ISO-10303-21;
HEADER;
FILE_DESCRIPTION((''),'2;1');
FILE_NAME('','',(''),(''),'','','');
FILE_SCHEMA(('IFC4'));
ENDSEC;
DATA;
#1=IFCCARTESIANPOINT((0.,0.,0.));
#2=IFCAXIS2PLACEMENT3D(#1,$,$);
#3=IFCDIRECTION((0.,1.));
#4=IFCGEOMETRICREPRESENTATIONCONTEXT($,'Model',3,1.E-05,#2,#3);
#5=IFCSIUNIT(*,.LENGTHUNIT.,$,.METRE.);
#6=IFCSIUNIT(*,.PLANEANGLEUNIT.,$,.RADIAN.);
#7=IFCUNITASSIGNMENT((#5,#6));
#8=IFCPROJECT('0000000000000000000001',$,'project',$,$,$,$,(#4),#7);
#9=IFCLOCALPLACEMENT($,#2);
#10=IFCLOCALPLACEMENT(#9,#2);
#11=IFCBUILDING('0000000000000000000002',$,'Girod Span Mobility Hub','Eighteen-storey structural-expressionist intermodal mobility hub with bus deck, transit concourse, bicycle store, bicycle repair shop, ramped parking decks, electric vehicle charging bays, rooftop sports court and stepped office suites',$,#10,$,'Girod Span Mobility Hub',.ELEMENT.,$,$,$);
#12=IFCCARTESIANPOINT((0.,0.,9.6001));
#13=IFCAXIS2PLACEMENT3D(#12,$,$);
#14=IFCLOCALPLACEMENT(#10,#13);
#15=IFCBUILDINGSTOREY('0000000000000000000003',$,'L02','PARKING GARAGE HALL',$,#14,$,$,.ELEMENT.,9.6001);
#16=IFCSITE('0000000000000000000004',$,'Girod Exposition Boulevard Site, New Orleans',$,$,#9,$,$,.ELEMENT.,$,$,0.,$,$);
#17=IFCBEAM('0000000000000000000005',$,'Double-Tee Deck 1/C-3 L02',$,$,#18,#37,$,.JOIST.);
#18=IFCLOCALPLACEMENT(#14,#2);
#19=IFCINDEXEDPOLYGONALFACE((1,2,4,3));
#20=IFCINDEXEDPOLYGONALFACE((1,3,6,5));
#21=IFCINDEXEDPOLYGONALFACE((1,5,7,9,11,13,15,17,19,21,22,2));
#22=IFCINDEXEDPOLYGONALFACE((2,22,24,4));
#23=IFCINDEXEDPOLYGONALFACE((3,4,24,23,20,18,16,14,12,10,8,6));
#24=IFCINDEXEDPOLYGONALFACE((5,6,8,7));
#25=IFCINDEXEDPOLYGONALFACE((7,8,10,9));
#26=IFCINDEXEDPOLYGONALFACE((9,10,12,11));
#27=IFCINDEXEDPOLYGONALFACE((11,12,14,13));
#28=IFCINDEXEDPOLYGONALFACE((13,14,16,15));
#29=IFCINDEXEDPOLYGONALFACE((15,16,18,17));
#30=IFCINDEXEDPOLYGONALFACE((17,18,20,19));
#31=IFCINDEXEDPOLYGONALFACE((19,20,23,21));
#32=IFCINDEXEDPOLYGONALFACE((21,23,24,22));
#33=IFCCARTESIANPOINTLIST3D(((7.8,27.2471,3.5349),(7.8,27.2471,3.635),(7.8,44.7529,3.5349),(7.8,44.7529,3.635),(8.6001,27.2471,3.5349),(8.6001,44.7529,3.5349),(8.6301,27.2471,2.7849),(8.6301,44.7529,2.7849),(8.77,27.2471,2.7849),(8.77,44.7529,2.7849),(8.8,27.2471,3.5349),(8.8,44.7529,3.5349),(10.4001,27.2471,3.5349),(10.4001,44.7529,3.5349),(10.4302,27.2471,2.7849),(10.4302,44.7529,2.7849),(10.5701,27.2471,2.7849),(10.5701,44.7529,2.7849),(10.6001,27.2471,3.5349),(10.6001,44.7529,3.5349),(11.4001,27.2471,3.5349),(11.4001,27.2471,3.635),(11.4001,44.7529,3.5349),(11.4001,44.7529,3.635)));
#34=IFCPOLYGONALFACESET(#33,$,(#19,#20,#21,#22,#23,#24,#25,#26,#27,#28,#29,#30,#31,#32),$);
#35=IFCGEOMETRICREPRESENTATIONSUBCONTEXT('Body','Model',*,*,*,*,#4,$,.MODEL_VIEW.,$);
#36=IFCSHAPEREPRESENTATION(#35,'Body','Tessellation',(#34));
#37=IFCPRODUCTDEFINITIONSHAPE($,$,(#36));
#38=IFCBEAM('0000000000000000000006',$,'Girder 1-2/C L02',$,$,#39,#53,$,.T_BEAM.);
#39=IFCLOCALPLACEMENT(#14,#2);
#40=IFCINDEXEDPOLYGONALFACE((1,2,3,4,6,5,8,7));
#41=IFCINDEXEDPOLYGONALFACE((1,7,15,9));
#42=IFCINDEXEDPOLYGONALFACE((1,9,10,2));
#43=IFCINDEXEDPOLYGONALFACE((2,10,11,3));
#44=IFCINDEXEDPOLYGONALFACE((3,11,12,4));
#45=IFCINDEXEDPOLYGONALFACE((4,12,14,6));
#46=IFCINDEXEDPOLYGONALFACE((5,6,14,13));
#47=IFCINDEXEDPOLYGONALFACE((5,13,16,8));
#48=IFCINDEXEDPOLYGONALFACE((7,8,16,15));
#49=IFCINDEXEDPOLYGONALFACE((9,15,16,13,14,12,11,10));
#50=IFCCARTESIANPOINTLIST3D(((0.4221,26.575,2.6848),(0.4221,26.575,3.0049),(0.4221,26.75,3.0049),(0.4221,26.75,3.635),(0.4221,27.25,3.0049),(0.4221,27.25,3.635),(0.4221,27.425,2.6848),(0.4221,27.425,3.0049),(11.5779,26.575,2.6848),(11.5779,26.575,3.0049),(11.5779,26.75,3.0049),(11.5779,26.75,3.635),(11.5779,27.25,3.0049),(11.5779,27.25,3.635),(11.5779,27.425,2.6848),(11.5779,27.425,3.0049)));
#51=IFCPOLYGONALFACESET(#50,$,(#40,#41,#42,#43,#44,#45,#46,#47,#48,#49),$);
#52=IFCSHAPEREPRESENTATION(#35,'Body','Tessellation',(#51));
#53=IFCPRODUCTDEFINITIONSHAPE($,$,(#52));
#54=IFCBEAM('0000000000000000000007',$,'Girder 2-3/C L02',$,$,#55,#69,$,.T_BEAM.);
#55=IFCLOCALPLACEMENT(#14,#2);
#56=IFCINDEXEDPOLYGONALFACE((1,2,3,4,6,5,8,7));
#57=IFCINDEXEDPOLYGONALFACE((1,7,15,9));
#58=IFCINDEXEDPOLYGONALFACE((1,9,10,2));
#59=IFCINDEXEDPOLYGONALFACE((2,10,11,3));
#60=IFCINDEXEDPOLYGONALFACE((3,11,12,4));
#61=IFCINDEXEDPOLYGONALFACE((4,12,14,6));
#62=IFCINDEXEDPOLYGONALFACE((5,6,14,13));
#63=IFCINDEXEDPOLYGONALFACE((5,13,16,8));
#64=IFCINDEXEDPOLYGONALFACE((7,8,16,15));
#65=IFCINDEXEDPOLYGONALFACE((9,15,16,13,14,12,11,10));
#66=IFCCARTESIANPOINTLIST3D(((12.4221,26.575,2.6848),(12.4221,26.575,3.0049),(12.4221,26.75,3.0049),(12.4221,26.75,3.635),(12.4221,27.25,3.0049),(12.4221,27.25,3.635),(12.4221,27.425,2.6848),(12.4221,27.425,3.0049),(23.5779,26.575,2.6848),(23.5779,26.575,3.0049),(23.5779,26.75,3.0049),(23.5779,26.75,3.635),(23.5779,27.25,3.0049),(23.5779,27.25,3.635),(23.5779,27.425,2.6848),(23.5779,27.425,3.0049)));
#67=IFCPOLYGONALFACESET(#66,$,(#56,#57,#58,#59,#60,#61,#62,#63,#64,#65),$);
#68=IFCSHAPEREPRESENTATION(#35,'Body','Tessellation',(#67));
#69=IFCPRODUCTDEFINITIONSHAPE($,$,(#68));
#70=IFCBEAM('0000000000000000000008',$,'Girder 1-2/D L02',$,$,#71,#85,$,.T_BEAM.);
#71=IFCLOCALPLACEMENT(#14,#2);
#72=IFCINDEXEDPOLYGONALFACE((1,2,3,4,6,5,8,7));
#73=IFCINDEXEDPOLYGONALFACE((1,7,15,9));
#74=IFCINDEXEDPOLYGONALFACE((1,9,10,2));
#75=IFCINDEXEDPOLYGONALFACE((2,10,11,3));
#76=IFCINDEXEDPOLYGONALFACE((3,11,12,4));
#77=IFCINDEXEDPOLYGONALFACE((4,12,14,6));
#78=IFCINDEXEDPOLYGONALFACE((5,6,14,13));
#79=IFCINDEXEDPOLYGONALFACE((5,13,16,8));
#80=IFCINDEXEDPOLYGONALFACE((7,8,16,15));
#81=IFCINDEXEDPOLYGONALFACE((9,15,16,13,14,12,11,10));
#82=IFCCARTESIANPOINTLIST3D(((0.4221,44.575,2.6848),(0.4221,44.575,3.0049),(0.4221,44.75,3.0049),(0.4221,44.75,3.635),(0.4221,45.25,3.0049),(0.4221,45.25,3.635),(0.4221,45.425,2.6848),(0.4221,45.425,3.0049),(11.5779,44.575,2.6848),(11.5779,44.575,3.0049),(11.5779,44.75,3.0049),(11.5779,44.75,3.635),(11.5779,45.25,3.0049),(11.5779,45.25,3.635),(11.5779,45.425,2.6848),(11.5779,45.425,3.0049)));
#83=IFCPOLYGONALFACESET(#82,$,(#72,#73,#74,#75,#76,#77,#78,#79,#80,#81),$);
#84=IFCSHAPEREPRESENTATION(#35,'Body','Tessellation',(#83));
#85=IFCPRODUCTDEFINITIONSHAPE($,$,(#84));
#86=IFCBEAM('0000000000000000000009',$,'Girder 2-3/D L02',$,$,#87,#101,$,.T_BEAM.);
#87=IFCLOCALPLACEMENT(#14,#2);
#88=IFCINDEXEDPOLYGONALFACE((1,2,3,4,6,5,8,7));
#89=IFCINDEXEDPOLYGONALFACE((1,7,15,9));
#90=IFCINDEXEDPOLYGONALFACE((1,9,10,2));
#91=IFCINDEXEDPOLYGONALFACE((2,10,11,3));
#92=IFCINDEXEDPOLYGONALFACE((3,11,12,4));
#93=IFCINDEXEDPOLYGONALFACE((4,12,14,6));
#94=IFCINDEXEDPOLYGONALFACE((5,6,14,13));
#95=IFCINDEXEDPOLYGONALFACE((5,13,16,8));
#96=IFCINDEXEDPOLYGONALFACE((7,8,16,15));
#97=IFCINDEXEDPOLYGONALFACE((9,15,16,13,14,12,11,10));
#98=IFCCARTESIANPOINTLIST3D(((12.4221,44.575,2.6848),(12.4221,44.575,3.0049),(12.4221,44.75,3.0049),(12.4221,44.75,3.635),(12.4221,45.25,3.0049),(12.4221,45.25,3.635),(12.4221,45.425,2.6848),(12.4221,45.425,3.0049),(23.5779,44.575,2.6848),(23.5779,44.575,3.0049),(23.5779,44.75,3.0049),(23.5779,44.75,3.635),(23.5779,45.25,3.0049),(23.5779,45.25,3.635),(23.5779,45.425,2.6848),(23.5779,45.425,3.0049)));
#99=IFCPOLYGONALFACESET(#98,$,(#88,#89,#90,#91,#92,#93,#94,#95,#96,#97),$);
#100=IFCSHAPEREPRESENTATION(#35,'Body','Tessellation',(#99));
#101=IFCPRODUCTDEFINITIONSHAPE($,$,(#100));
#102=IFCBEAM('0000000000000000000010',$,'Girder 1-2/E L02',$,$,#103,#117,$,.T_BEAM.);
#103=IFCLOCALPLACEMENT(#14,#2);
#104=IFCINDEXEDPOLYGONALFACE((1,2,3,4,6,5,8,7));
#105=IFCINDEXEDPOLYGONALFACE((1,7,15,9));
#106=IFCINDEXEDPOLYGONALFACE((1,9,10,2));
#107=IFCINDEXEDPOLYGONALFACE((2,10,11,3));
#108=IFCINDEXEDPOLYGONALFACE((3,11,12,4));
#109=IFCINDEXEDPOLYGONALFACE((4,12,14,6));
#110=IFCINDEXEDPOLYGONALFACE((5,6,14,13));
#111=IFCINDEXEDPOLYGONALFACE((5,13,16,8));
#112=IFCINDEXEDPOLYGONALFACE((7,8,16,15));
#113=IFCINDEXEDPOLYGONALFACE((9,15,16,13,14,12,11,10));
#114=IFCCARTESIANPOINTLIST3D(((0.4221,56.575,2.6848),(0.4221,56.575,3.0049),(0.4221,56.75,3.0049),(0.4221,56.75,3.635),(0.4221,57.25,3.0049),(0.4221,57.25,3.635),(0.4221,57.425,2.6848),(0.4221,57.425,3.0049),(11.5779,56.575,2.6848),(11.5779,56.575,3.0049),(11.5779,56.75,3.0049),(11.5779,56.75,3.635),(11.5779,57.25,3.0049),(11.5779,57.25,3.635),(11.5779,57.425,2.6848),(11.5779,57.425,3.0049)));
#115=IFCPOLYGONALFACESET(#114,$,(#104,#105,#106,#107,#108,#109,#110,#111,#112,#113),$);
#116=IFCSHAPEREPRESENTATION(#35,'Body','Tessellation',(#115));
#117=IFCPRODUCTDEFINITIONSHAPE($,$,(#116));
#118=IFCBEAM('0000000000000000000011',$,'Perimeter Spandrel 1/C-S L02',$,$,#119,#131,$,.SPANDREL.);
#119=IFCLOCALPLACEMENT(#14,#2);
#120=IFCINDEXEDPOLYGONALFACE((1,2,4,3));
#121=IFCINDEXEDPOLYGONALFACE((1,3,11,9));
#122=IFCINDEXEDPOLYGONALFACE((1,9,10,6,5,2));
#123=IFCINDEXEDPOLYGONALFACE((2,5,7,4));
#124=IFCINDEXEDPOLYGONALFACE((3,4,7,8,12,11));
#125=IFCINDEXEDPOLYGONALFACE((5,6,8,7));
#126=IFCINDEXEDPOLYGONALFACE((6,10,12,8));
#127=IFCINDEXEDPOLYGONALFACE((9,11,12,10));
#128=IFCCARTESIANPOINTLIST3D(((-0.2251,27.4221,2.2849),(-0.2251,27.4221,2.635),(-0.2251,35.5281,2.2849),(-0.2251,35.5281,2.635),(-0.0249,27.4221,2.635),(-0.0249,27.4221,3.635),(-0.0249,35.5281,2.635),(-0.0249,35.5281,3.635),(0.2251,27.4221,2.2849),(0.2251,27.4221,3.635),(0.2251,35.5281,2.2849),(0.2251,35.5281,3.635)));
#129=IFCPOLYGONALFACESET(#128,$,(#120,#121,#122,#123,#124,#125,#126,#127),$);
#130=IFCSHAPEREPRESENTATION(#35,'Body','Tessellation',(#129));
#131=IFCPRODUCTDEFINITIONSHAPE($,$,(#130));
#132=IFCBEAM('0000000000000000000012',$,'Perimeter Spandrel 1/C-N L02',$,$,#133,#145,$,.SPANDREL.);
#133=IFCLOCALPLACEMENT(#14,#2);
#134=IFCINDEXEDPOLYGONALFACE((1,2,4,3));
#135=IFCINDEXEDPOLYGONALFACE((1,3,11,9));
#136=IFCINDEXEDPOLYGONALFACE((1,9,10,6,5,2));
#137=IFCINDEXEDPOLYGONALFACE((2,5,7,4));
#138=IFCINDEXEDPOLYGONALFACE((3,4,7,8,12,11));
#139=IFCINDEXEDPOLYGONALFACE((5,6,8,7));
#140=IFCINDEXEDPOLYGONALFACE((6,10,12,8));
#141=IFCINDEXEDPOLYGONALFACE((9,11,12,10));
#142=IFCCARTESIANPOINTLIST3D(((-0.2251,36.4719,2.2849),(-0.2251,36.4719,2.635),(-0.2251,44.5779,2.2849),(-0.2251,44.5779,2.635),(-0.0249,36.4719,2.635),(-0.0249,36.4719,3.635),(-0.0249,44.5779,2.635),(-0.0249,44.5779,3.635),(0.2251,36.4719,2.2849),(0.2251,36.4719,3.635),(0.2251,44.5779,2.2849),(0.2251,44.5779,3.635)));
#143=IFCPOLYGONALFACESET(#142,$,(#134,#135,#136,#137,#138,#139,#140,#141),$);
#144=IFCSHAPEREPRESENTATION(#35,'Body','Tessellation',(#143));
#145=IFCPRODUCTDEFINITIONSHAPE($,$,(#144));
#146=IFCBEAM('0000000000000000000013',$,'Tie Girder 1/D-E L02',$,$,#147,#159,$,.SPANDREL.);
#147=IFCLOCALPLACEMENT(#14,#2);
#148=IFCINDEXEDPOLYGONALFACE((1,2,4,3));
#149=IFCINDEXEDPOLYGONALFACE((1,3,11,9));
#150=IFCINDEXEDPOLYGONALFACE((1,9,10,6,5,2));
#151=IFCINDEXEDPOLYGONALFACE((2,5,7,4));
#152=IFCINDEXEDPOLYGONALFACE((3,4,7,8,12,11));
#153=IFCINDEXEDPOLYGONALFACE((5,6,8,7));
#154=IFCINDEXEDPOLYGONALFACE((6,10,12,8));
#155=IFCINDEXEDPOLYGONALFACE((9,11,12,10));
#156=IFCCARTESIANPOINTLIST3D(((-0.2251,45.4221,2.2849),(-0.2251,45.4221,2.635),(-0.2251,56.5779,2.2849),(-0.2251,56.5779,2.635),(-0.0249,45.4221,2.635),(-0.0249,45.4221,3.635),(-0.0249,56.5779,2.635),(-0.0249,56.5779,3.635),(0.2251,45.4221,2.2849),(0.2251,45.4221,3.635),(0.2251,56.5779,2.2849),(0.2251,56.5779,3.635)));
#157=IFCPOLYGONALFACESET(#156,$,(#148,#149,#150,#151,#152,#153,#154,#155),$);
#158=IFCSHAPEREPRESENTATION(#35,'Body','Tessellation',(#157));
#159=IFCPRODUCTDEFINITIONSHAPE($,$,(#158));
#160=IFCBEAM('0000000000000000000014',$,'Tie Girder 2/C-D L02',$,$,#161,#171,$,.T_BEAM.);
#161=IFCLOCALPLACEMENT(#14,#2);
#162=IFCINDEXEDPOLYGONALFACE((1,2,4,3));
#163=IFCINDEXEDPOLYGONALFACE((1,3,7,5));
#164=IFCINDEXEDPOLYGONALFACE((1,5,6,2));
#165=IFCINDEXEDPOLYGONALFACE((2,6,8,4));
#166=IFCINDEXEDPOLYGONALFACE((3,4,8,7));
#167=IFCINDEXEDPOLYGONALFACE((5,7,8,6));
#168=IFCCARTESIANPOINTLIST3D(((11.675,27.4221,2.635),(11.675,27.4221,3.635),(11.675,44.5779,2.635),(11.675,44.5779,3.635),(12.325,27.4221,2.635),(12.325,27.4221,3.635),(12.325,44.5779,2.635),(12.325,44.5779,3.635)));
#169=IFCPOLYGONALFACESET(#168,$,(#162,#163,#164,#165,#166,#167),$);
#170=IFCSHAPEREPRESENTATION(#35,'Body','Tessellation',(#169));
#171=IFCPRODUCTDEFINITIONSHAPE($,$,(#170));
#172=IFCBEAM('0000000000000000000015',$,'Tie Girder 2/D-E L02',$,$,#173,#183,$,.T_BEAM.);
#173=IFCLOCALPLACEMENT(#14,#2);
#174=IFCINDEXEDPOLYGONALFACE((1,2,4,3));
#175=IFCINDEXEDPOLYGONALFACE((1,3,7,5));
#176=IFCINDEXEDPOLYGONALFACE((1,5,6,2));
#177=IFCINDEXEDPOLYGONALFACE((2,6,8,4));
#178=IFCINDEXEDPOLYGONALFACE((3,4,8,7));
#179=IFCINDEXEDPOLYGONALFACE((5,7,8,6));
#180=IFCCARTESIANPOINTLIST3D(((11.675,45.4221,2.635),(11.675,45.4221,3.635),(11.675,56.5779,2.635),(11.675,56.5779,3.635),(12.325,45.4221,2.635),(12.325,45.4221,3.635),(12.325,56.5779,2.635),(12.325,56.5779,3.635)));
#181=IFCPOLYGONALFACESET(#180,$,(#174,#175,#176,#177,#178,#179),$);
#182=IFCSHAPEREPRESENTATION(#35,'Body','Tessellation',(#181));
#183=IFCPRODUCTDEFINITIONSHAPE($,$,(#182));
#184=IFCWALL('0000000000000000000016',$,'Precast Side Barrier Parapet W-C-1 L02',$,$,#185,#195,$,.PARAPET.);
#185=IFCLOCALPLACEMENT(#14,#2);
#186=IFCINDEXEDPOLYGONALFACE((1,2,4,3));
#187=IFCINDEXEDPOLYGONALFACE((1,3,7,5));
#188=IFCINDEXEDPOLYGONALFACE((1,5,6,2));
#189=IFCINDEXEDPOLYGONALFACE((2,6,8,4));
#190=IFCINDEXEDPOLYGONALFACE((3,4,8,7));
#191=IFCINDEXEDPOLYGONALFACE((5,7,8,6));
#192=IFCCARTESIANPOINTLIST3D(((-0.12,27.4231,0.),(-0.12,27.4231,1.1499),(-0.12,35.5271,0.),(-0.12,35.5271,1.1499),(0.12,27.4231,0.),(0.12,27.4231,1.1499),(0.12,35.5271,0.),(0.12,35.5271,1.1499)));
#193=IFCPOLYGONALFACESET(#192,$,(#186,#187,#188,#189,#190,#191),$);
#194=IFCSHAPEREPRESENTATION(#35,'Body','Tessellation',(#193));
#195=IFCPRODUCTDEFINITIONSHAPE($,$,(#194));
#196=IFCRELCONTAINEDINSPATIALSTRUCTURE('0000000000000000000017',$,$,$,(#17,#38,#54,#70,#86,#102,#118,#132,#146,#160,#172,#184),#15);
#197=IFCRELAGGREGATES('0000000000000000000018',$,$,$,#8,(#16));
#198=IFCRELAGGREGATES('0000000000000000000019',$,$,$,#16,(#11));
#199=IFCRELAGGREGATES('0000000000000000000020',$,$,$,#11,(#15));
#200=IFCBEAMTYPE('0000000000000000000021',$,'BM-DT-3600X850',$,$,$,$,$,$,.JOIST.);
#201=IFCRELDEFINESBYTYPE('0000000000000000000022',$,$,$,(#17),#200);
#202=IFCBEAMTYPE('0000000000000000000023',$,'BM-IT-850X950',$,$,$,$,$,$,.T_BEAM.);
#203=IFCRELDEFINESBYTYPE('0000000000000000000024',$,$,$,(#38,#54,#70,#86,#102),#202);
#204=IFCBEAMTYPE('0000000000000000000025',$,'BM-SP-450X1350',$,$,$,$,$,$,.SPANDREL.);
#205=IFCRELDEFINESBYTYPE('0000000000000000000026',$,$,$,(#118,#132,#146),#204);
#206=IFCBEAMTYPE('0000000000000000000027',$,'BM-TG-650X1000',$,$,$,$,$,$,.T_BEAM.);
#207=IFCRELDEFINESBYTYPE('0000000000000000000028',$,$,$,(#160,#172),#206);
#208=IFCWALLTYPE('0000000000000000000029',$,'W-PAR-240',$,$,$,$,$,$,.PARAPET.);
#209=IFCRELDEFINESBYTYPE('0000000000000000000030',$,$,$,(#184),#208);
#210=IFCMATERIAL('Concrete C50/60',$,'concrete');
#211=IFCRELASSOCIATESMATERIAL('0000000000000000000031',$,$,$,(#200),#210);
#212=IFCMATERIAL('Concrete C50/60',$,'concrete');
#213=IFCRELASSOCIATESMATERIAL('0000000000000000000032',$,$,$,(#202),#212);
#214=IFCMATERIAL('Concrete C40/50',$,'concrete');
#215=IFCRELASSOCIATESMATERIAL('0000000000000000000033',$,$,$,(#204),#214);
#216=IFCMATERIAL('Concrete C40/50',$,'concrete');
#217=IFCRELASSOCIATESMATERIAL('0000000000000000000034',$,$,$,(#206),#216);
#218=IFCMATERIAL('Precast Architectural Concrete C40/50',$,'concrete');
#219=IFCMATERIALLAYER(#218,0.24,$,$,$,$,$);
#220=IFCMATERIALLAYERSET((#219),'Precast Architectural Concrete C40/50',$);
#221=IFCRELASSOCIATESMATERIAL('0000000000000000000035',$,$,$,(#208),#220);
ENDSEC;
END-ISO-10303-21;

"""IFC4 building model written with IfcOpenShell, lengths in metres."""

from ifc_helpers import new_model, si_unit, direction, frame, frame_2d, origin, origin_2d, place, context, subcontext, project, spatial, polyline, rectangle, outline, extrude, material, layer, layer_set, material_profile, profile_set, type_object, element, save


model = new_model("IFC4")

# Units and contexts
model_context = context("Model", 3, precision=1e-05, world=origin(), true_north=direction((0.0, 1.0)))
body_context = subcontext(model_context, "Body", "Model", "MODEL_VIEW")
ifc_project = project(units=[si_unit("LENGTHUNIT", "METRE"), si_unit("PLANEANGLEUNIT", "RADIAN")], contexts=[model_context])

# Site, building, storey
site_placement = place(None, origin())
site = spatial("IfcSite", under=ifc_project, at=site_placement, Name="Girod Exposition Boulevard Site, New Orleans", CompositionType="ELEMENT", RefElevation=0.0)
building_placement = place(site_placement, origin())
building = spatial("IfcBuilding", under=site, at=building_placement, Name="Girod Span Mobility Hub", Description="Eighteen-storey structural-expressionist intermodal mobility hub with bus deck, transit concourse, bicycle store, bicycle repair shop, ramped parking decks, electric vehicle charging bays, rooftop sports court and stepped office suites", LongName="Girod Span Mobility Hub", CompositionType="ELEMENT")
storey_placement = place(building_placement, frame((0.0, 0.0, 9.6001)))
storey = spatial("IfcBuildingStorey", under=building, at=storey_placement, Name="L02", Description="PARKING GARAGE HALL", CompositionType="ELEMENT", Elevation=9.6001)

# Beams
ifc_material_1 = material(Name="Concrete C50/60", Category="concrete")
ifc_material_profile_1 = material_profile(ifc_material_1, outline(polyline([(-1.8, 0.425), (-1.8, 0.325), (-1.0, 0.325), (-0.97, -0.425), (-0.8301, -0.425), (-0.8, 0.325), (0.8, 0.325), (0.8301, -0.425), (0.97, -0.425), (1.0, 0.325), (1.8, 0.325), (1.8, 0.425), (-1.8, 0.425)])), Name="DT-3600X850")
ifc_profile_set_1 = profile_set([ifc_material_profile_1], Name="Concrete C50/60")
beam_type_1 = type_object("IfcBeamType", Name="BM-DT-3600X850", PredefinedType="JOIST", material=ifc_profile_set_1)
for number, where, z_axis, x_axis, name in (
    (1, (9.6001, 27.2471, 3.21), (0.0, 1.0, 0.0), (-1.0, 0.0, 0.0), "Double-Tee Deck 1/C-3 L02"),
):
    element("IfcBeam", number, at=place(storey_placement, frame(where, z_axis=z_axis, x_axis=x_axis)), inside=storey, type_object=beam_type_1, Name=name, PredefinedType="JOIST", context=body_context, shape_type="SweptSolid", body=[
        extrude(outline(polyline([(-1.8, 0.425), (-1.8, 0.325), (-1.0, 0.325), (-0.97, -0.425), (-0.8301, -0.425), (-0.8, 0.325), (0.8, 0.325), (0.8301, -0.425), (0.97, -0.425), (1.0, 0.325), (1.8, 0.325), (1.8, 0.425), (-1.8, 0.425)])), origin(), (0.0, 0.0, 1.0), 17.5059),
    ])
ifc_material_2 = material(Name="Concrete C50/60", Category="concrete")
ifc_material_profile_2 = material_profile(ifc_material_2, outline(polyline([(-0.425, -0.4751), (0.425, -0.4751), (0.425, -0.155), (0.25, -0.155), (0.25, 0.4751), (-0.25, 0.4751), (-0.25, -0.155), (-0.425, -0.155), (-0.425, -0.4751)])), Name="IT-850X950")
ifc_profile_set_2 = profile_set([ifc_material_profile_2], Name="Concrete C50/60")
beam_type_2 = type_object("IfcBeamType", Name="BM-IT-850X950", PredefinedType="T_BEAM", material=ifc_profile_set_2)
for number, where, z_axis, x_axis, name in (
    (2, (0.4221, 27.0, 3.1599), (1.0, 0.0, 0.0), (0.0, 1.0, 0.0), "Girder 1-2/C L02"),
    (3, (12.4221, 27.0, 3.1599), (1.0, 0.0, 0.0), (0.0, 1.0, 0.0), "Girder 2-3/C L02"),
    (4, (0.4221, 45.0, 3.1599), (1.0, 0.0, 0.0), (0.0, 1.0, 0.0), "Girder 1-2/D L02"),
    (5, (12.4221, 45.0, 3.1599), (1.0, 0.0, 0.0), (0.0, 1.0, 0.0), "Girder 2-3/D L02"),
    (6, (0.4221, 57.0, 3.1599), (1.0, 0.0, 0.0), (0.0, 1.0, 0.0), "Girder 1-2/E L02"),
):
    element("IfcBeam", number, at=place(storey_placement, frame(where, z_axis=z_axis, x_axis=x_axis)), inside=storey, type_object=beam_type_2, Name=name, PredefinedType="T_BEAM", context=body_context, shape_type="SweptSolid", body=[
        extrude(outline(polyline([(-0.425, -0.4751), (0.425, -0.4751), (0.425, -0.155), (0.25, -0.155), (0.25, 0.4751), (-0.25, 0.4751), (-0.25, -0.155), (-0.425, -0.155), (-0.425, -0.4751)])), origin(), (0.0, 0.0, 1.0), 11.1558),
    ])
ifc_material_3 = material(Name="Concrete C40/50", Category="concrete")
ifc_material_profile_3 = material_profile(ifc_material_3, outline(polyline([(-0.2251, -0.675), (0.2251, -0.675), (0.2251, -0.325), (0.0249, -0.325), (0.0249, 0.675), (-0.2251, 0.675), (-0.2251, -0.675)])), Name="SP-450X1350")
ifc_profile_set_3 = profile_set([ifc_material_profile_3], Name="Concrete C40/50")
beam_type_3 = type_object("IfcBeamType", Name="BM-SP-450X1350", PredefinedType="SPANDREL", material=ifc_profile_set_3)
for number, where, z_axis, x_axis, name in (
    (7, (0.0, 27.4221, 2.96), (0.0, 1.0, 0.0), (-1.0, 0.0, 0.0), "Perimeter Spandrel 1/C-S L02"),
    (8, (0.0, 36.4719, 2.96), (0.0, 1.0, 0.0), (-1.0, 0.0, 0.0), "Perimeter Spandrel 1/C-N L02"),
):
    element("IfcBeam", number, at=place(storey_placement, frame(where, z_axis=z_axis, x_axis=x_axis)), inside=storey, type_object=beam_type_3, Name=name, PredefinedType="SPANDREL", context=body_context, shape_type="SweptSolid", body=[
        extrude(outline(polyline([(-0.2251, -0.675), (0.2251, -0.675), (0.2251, -0.325), (0.0249, -0.325), (0.0249, 0.675), (-0.2251, 0.675), (-0.2251, -0.675)])), origin(), (0.0, 0.0, 1.0), 8.106),
    ])
beam_1_placement = place(storey_placement, frame((0.0, 45.4221, 2.96), z_axis=(0.0, 1.0, 0.0), x_axis=(-1.0, 0.0, 0.0)))
element("IfcBeam", 9, at=beam_1_placement, inside=storey, type_object=beam_type_3, Name="Tie Girder 1/D-E L02", PredefinedType="SPANDREL", context=body_context, shape_type="SweptSolid", body=[
    extrude(outline(polyline([(-0.2251, -0.675), (0.2251, -0.675), (0.2251, -0.325), (0.0249, -0.325), (0.0249, 0.675), (-0.2251, 0.675), (-0.2251, -0.675)])), origin(), (0.0, 0.0, 1.0), 11.1558),
])
ifc_material_4 = material(Name="Concrete C40/50", Category="concrete")
ifc_material_profile_4 = material_profile(ifc_material_4, rectangle(XDim=0.6499, YDim=1.0, at=origin_2d()), Name="TG-650X1000")
ifc_profile_set_4 = profile_set([ifc_material_profile_4], Name="Concrete C40/50")
beam_type_4 = type_object("IfcBeamType", Name="BM-TG-650X1000", PredefinedType="T_BEAM", material=ifc_profile_set_4)
beam_2_placement = place(storey_placement, frame((12.0, 27.4221, 3.135), z_axis=(0.0, 1.0, 0.0), x_axis=(-1.0, 0.0, 0.0)))
element("IfcBeam", 10, at=beam_2_placement, inside=storey, type_object=beam_type_4, Name="Tie Girder 2/C-D L02", PredefinedType="T_BEAM", context=body_context, shape_type="SweptSolid", body=[
    extrude(rectangle(XDim=0.6499, YDim=1.0, at=origin_2d()), origin(), (0.0, 0.0, 1.0), 17.1558),
])
beam_3_placement = place(storey_placement, frame((12.0, 45.4221, 3.135), z_axis=(0.0, 1.0, 0.0), x_axis=(-1.0, 0.0, 0.0)))
element("IfcBeam", 11, at=beam_3_placement, inside=storey, type_object=beam_type_4, Name="Tie Girder 2/D-E L02", PredefinedType="T_BEAM", context=body_context, shape_type="SweptSolid", body=[
    extrude(rectangle(XDim=0.6499, YDim=1.0, at=origin_2d()), origin(), (0.0, 0.0, 1.0), 11.1558),
])

# Wall
ifc_material_5 = material(Name="Precast Architectural Concrete C40/50", Category="concrete")
ifc_layer = layer(ifc_material_5, 0.24)
ifc_layer_set = layer_set([ifc_layer], Name="Precast Architectural Concrete C40/50")
wall_type = type_object("IfcWallType", Name="W-PAR-240", PredefinedType="PARAPET", material=ifc_layer_set)
for number, where, z_axis, x_axis, name in (
    (12, (0.0, 27.4231, 0.0), (0.0, 0.0, 1.0), (0.0, 1.0, 0.0), "Precast Side Barrier Parapet W-C-1 L02"),
):
    element("IfcWall", number, at=place(storey_placement, frame(where, z_axis=z_axis, x_axis=x_axis)), inside=storey, type_object=wall_type, Name=name, PredefinedType="PARAPET", context=body_context, shape_type="SweptSolid", body=[
        extrude(rectangle(XDim=8.104, YDim=0.24, at=frame_2d((4.052, 0.0))), origin(), (0.0, 0.0, 1.0), 1.1499),
    ])

save(model, "model.ifc")
